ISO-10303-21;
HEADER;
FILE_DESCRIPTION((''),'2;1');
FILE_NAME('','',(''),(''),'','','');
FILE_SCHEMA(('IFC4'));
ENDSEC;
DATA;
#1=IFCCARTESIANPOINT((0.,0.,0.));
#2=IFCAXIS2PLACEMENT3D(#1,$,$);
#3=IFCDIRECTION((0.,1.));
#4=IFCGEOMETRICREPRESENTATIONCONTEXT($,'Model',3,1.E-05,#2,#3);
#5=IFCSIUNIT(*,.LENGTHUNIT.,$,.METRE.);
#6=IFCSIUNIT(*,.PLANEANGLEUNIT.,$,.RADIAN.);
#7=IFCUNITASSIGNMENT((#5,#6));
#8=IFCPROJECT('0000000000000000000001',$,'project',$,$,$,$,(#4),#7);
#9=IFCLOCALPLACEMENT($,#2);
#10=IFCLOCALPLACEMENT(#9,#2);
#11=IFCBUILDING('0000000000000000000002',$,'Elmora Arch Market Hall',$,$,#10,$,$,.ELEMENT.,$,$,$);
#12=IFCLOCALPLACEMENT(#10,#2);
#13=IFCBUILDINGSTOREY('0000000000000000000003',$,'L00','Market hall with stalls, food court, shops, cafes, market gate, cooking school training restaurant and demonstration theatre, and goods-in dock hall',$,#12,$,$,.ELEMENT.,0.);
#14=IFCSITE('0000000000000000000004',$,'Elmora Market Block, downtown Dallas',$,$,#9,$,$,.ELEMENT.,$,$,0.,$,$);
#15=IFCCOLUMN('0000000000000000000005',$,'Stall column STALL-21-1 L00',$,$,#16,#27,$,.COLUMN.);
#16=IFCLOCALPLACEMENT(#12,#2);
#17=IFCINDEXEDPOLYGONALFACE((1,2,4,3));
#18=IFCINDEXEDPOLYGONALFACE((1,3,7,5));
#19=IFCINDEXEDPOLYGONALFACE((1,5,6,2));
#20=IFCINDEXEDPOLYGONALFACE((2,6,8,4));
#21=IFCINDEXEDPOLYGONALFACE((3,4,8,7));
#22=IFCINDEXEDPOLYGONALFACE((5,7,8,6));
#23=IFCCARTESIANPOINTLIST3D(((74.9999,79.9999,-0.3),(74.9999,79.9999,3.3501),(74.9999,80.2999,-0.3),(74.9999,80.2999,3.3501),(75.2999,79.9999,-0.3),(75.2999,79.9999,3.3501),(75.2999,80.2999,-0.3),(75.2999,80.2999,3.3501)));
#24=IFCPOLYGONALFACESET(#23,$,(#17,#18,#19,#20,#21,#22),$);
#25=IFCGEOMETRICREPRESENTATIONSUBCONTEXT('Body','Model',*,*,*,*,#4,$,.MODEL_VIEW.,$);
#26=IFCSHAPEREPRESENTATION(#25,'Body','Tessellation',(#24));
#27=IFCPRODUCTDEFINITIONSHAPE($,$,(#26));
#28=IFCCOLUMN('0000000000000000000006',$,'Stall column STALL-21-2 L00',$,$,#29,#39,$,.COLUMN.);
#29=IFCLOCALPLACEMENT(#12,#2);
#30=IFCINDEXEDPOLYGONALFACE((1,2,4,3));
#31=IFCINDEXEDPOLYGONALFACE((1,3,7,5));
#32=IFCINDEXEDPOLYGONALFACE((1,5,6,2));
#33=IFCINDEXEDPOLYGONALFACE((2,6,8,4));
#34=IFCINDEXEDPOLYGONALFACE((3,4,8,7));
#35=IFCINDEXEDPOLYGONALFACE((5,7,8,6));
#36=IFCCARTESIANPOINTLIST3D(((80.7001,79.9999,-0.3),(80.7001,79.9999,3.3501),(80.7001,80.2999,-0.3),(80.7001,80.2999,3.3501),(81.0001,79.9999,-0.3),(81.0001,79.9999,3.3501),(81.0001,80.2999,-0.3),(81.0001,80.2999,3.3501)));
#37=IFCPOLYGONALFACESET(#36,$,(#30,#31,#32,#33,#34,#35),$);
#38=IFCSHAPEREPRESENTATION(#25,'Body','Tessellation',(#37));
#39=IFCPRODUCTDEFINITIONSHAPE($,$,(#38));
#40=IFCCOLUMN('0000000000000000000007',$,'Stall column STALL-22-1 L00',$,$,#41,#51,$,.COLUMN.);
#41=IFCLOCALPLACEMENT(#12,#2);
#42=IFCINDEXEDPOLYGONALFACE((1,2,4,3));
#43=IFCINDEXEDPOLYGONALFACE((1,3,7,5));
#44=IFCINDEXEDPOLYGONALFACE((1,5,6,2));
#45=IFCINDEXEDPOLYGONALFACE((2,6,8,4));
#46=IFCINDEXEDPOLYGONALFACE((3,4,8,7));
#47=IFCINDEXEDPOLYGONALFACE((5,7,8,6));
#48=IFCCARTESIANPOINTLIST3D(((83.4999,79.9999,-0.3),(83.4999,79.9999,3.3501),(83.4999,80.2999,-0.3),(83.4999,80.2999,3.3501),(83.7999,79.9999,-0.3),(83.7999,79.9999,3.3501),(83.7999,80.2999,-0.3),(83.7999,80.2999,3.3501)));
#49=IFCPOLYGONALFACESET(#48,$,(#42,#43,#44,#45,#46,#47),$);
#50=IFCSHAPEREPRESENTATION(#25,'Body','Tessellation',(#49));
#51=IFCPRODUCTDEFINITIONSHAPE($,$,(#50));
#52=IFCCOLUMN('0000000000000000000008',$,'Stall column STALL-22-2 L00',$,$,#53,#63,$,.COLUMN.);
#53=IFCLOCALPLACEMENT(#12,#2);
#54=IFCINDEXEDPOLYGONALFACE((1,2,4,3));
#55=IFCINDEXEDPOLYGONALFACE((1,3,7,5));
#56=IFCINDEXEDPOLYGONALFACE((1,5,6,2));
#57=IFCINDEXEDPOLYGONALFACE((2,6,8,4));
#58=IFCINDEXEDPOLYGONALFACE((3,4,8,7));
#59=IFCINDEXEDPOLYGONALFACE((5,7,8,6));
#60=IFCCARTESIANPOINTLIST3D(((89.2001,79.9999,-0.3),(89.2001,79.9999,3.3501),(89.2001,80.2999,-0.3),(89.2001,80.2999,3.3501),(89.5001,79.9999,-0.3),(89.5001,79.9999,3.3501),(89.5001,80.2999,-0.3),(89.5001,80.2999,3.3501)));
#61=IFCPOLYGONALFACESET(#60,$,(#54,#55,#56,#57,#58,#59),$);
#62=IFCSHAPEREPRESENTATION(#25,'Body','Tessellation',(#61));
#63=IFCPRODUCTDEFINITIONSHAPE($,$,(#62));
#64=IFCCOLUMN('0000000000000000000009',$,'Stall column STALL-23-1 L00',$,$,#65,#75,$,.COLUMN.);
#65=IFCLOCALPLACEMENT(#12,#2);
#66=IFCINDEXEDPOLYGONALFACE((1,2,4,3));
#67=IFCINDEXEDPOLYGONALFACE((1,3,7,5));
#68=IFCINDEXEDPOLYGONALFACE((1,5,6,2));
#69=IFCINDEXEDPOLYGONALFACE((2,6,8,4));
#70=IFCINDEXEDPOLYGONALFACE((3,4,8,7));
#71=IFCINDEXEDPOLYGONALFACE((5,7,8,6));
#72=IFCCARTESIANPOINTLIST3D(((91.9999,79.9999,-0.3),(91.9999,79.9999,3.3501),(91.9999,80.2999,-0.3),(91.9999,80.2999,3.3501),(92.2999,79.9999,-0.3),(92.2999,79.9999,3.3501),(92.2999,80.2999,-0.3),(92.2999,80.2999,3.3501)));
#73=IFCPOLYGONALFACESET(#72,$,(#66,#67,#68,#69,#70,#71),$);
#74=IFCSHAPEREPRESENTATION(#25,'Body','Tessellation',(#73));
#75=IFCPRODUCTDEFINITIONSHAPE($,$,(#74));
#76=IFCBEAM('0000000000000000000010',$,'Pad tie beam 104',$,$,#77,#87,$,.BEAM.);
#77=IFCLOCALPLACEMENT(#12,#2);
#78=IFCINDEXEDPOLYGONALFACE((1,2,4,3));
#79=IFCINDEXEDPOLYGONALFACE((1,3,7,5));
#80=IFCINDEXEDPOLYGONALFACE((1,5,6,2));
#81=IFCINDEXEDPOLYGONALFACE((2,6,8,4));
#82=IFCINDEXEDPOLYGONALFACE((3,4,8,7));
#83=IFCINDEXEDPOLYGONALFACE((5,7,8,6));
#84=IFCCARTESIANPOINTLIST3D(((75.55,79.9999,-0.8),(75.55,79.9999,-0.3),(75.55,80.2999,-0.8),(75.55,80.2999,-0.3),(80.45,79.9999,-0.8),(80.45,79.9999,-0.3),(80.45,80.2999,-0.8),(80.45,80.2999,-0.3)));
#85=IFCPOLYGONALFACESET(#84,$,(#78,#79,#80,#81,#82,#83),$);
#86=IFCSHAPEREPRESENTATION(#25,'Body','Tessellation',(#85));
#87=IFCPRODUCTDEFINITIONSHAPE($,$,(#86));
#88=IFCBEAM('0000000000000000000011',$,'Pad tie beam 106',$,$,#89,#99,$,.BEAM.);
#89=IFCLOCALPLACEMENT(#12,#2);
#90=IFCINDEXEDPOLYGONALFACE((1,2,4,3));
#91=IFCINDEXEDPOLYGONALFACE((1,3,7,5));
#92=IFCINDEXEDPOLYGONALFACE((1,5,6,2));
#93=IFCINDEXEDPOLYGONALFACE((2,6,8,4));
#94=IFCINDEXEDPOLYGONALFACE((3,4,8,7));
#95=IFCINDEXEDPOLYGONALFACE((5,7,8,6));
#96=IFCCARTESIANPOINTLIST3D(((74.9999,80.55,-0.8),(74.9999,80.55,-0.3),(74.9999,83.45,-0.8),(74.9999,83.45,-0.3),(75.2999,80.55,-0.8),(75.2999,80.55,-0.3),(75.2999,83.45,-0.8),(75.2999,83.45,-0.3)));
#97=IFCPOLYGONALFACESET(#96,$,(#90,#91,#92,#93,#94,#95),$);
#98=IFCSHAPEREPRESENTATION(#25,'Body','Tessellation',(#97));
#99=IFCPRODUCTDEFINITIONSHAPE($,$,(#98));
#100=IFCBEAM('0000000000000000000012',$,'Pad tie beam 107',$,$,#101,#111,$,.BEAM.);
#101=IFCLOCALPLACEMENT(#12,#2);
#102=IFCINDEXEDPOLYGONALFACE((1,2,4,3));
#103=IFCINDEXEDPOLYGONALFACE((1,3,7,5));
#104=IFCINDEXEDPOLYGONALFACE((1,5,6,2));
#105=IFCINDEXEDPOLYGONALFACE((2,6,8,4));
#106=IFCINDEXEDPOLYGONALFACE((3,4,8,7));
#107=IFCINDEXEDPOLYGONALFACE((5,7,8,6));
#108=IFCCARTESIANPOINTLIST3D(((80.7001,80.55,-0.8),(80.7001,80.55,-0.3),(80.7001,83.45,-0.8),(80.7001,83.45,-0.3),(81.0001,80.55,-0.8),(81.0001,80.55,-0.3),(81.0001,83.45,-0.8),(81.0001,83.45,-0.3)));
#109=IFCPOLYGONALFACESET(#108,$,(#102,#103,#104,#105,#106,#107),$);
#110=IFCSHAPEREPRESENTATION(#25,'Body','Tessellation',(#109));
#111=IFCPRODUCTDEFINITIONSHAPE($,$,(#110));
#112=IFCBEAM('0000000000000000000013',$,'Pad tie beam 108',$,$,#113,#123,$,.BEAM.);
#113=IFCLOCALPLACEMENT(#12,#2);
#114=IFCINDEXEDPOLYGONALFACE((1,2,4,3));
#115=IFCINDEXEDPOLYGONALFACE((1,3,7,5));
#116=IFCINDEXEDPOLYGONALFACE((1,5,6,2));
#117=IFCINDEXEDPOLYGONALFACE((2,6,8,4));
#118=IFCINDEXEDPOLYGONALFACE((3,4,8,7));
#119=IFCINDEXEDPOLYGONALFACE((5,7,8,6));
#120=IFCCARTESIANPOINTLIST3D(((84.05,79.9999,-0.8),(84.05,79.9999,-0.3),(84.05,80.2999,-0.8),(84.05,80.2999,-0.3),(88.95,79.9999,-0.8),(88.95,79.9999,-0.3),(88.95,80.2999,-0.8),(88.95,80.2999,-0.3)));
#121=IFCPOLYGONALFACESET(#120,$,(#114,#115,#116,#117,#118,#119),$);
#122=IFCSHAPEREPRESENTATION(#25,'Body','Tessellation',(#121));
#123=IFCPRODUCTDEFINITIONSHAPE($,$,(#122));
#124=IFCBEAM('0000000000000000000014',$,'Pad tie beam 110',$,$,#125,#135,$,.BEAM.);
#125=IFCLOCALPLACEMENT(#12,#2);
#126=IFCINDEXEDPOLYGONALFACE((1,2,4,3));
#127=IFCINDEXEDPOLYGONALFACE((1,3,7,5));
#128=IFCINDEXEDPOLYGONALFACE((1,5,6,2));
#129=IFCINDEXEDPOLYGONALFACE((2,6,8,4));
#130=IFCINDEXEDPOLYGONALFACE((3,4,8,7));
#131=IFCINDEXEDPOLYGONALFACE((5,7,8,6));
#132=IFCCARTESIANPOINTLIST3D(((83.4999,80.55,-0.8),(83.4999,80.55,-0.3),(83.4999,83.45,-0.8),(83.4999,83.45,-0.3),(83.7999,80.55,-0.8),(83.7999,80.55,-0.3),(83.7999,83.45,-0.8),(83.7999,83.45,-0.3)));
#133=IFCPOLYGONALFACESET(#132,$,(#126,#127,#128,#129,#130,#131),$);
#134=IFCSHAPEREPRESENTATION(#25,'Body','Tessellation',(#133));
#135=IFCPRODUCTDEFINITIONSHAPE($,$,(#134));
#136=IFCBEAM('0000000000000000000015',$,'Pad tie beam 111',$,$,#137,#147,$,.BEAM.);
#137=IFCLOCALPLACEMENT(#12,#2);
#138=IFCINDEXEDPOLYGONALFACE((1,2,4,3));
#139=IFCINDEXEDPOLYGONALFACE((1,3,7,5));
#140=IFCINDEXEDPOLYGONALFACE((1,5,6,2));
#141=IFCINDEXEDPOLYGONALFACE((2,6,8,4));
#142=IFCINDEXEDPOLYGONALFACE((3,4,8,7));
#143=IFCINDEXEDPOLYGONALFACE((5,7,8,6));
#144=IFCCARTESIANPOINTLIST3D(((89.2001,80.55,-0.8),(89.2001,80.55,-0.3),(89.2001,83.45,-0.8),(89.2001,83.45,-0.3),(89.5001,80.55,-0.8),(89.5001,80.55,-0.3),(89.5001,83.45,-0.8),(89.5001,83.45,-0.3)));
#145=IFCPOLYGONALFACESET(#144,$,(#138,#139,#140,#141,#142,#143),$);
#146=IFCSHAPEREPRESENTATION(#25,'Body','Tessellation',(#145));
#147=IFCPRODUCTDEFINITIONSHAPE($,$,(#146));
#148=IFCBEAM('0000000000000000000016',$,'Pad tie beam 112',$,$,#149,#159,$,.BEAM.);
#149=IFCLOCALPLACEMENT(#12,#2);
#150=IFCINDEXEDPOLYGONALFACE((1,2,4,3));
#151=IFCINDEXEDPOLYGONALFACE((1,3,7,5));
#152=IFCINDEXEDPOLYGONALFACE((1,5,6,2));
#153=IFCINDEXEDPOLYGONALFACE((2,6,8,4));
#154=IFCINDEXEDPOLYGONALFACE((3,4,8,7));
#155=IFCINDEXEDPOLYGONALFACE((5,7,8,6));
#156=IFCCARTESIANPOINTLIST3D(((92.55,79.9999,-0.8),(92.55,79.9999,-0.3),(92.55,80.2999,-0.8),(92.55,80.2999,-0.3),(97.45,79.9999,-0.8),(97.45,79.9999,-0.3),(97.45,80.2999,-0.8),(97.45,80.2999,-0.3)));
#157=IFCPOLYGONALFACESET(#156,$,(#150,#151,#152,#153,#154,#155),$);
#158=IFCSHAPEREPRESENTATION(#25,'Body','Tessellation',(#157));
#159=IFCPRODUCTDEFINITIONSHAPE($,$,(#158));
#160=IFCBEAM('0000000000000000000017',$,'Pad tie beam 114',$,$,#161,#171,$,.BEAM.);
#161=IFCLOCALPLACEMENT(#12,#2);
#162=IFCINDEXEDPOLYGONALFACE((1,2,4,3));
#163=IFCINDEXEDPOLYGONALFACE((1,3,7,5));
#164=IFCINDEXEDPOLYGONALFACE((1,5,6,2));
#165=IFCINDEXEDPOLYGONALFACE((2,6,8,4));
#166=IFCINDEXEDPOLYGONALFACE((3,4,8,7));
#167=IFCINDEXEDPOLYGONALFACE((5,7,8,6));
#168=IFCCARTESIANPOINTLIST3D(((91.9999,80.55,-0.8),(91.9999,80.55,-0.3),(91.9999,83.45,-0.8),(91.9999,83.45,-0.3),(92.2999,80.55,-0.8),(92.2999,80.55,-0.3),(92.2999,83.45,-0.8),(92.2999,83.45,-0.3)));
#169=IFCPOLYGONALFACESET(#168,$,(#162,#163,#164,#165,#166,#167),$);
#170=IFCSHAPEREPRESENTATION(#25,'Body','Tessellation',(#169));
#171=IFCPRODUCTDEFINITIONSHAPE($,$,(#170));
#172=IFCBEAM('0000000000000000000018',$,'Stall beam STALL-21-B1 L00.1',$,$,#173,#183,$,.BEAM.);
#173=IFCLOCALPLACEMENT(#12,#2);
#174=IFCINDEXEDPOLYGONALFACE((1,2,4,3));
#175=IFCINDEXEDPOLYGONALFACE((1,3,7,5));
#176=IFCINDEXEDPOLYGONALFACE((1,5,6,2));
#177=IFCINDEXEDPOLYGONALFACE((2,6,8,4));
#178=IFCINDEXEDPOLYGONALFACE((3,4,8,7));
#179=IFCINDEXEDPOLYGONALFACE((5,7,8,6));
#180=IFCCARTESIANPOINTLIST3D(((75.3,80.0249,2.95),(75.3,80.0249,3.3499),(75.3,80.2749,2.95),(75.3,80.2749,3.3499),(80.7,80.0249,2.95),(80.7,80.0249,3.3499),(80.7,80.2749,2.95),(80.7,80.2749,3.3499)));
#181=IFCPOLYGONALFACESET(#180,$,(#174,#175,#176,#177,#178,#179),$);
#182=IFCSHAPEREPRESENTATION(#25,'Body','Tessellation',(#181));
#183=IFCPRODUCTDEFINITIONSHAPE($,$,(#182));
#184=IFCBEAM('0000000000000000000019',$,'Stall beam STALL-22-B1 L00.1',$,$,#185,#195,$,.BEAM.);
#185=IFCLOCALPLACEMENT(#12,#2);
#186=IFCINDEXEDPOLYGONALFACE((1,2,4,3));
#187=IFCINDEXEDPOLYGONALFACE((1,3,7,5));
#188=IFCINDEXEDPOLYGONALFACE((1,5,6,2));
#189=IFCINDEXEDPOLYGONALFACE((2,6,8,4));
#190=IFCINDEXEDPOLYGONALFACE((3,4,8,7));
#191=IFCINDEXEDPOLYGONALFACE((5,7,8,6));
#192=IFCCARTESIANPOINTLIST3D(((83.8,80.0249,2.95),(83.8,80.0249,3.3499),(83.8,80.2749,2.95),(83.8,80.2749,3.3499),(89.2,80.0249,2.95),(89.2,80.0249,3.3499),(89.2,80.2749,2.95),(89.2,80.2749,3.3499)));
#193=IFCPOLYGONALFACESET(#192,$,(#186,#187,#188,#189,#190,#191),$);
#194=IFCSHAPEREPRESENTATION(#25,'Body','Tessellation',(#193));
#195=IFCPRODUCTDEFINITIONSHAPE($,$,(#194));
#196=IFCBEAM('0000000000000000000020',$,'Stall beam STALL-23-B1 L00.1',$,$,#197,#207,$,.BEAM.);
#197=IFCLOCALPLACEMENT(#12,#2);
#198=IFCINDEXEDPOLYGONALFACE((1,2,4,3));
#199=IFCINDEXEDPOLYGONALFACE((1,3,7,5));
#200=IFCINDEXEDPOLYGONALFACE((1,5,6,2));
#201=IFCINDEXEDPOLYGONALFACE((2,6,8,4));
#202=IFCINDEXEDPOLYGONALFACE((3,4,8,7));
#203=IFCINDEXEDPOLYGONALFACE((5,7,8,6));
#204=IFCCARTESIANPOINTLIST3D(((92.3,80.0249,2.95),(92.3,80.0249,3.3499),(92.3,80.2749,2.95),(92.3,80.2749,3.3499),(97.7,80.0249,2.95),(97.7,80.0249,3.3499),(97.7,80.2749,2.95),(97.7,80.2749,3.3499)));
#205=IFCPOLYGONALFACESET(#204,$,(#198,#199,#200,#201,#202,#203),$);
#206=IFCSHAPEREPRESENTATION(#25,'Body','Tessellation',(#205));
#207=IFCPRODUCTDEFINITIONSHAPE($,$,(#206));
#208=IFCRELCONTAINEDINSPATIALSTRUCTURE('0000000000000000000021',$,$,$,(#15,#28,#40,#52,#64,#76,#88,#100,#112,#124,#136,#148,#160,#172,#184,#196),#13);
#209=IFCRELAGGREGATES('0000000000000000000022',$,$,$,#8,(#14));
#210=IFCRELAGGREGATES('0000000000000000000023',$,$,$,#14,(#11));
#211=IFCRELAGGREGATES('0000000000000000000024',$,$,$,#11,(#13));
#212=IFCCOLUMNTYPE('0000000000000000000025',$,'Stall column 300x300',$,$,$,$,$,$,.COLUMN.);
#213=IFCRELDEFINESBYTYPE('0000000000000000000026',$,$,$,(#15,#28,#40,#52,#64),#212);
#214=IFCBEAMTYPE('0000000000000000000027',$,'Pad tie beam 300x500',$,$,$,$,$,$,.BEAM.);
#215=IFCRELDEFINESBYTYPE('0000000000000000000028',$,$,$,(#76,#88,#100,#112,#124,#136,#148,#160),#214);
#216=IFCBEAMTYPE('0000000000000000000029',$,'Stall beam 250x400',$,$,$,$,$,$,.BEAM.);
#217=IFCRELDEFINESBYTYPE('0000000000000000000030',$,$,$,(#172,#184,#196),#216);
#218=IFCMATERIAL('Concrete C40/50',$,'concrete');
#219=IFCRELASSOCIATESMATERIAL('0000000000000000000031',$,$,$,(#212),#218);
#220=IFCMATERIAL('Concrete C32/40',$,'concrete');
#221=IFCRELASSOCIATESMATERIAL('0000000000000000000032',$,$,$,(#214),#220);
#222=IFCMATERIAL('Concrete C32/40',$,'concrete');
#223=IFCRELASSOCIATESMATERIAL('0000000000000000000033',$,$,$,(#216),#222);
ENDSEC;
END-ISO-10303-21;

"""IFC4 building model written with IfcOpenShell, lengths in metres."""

from ifc_helpers import new_model, si_unit, direction, frame, origin, origin_2d, place, context, subcontext, project, spatial, rectangle, extrude, material, material_profile, profile_set, type_object, element, save


model = new_model("IFC4")

# Units and contexts
model_context = context("Model", 3, precision=1e-05, world=origin(), true_north=direction((0.0, 1.0)))
body_context = subcontext(model_context, "Body", "Model", "MODEL_VIEW")
ifc_project = project(units=[si_unit("LENGTHUNIT", "METRE"), si_unit("PLANEANGLEUNIT", "RADIAN")], contexts=[model_context])

# Site, building, storey
site_placement = place(None, origin())
site = spatial("IfcSite", under=ifc_project, at=site_placement, Name="Elmora Market Block, downtown Dallas", CompositionType="ELEMENT", RefElevation=0.0)
building_placement = place(site_placement, origin())
building = spatial("IfcBuilding", under=site, at=building_placement, Name="Elmora Arch Market Hall", CompositionType="ELEMENT")
storey_placement = place(building_placement, origin())
storey = spatial("IfcBuildingStorey", under=building, at=storey_placement, Name="L00", Description="Market hall with stalls, food court, shops, cafes, market gate, cooking school training restaurant and demonstration theatre, and goods-in dock hall", CompositionType="ELEMENT", Elevation=0.0)

# Columns
ifc_material_1 = material(Name="Concrete C40/50", Category="concrete")
ifc_material_profile_1 = material_profile(ifc_material_1, rectangle(XDim=0.3, YDim=0.3, at=origin_2d()), Name="Stall column 300x300")
ifc_profile_set_1 = profile_set([ifc_material_profile_1], Name="Concrete C40/50")
column_type_1 = type_object("IfcColumnType", Name="Stall column 300x300", PredefinedType="COLUMN", material=ifc_profile_set_1)
for number, where, z_axis, x_axis, name in (
    (1, (75.1499, 80.1499, -0.3), (0.0, 0.0, 1.0), (1.0, 0.0, 0.0), "Stall column STALL-21-1 L00"),
    (2, (80.8501, 80.1499, -0.3), (0.0, 0.0, 1.0), (1.0, 0.0, 0.0), "Stall column STALL-21-2 L00"),
    (3, (83.6499, 80.1499, -0.3), (0.0, 0.0, 1.0), (1.0, 0.0, 0.0), "Stall column STALL-22-1 L00"),
    (4, (89.3501, 80.1499, -0.3), (0.0, 0.0, 1.0), (1.0, 0.0, 0.0), "Stall column STALL-22-2 L00"),
    (5, (92.1499, 80.1499, -0.3), (0.0, 0.0, 1.0), (1.0, 0.0, 0.0), "Stall column STALL-23-1 L00"),
):
    element("IfcColumn", number, at=place(storey_placement, frame(where, z_axis=z_axis, x_axis=x_axis)), inside=storey, type_object=column_type_1, Name=name, PredefinedType="COLUMN", context=body_context, shape_type="SweptSolid", body=[
        extrude(rectangle(XDim=0.3, YDim=0.3, at=origin_2d()), origin(), (0.0, 0.0, 1.0), 3.6501),
    ])

# Beams
ifc_material_2 = material(Name="Concrete C32/40", Category="concrete")
ifc_material_profile_2 = material_profile(ifc_material_2, rectangle(XDim=0.3, YDim=0.5, at=origin_2d()), Name="Pad tie beam 300x500")
ifc_profile_set_2 = profile_set([ifc_material_profile_2], Name="Concrete C32/40")
beam_type_1 = type_object("IfcBeamType", Name="Pad tie beam 300x500", PredefinedType="BEAM", material=ifc_profile_set_2)
beam_1_placement = place(storey_placement, frame((75.55, 80.1499, -0.55), z_axis=(1.0, 0.0, 0.0), x_axis=(0.0, 1.0, 0.0)))
element("IfcBeam", 6, at=beam_1_placement, inside=storey, type_object=beam_type_1, Name="Pad tie beam 104", PredefinedType="BEAM", context=body_context, shape_type="SweptSolid", body=[
    extrude(rectangle(XDim=0.3, YDim=0.5, at=origin_2d()), origin(), (0.0, 0.0, 1.0), 4.8999),
])
for number, where, z_axis, x_axis, name in (
    (7, (75.1499, 80.55, -0.55), (0.0, 1.0, 0.0), (-1.0, 0.0, 0.0), "Pad tie beam 106"),
    (8, (80.8501, 80.55, -0.55), (0.0, 1.0, 0.0), (-1.0, 0.0, 0.0), "Pad tie beam 107"),
):
    element("IfcBeam", number, at=place(storey_placement, frame(where, z_axis=z_axis, x_axis=x_axis)), inside=storey, type_object=beam_type_1, Name=name, PredefinedType="BEAM", context=body_context, shape_type="SweptSolid", body=[
        extrude(rectangle(XDim=0.3, YDim=0.5, at=origin_2d()), origin(), (0.0, 0.0, 1.0), 2.8999),
    ])
beam_2_placement = place(storey_placement, frame((84.05, 80.1499, -0.55), z_axis=(1.0, 0.0, 0.0), x_axis=(0.0, 1.0, 0.0)))
element("IfcBeam", 9, at=beam_2_placement, inside=storey, type_object=beam_type_1, Name="Pad tie beam 108", PredefinedType="BEAM", context=body_context, shape_type="SweptSolid", body=[
    extrude(rectangle(XDim=0.3, YDim=0.5, at=origin_2d()), origin(), (0.0, 0.0, 1.0), 4.8999),
])
for number, where, z_axis, x_axis, name in (
    (10, (83.6499, 80.55, -0.55), (0.0, 1.0, 0.0), (-1.0, 0.0, 0.0), "Pad tie beam 110"),
    (11, (89.3501, 80.55, -0.55), (0.0, 1.0, 0.0), (-1.0, 0.0, 0.0), "Pad tie beam 111"),
):
    element("IfcBeam", number, at=place(storey_placement, frame(where, z_axis=z_axis, x_axis=x_axis)), inside=storey, type_object=beam_type_1, Name=name, PredefinedType="BEAM", context=body_context, shape_type="SweptSolid", body=[
        extrude(rectangle(XDim=0.3, YDim=0.5, at=origin_2d()), origin(), (0.0, 0.0, 1.0), 2.8999),
    ])
beam_3_placement = place(storey_placement, frame((92.55, 80.1499, -0.55), z_axis=(1.0, 0.0, 0.0), x_axis=(0.0, 1.0, 0.0)))
element("IfcBeam", 12, at=beam_3_placement, inside=storey, type_object=beam_type_1, Name="Pad tie beam 112", PredefinedType="BEAM", context=body_context, shape_type="SweptSolid", body=[
    extrude(rectangle(XDim=0.3, YDim=0.5, at=origin_2d()), origin(), (0.0, 0.0, 1.0), 4.8999),
])
beam_4_placement = place(storey_placement, frame((92.1499, 80.55, -0.55), z_axis=(0.0, 1.0, 0.0), x_axis=(-1.0, 0.0, 0.0)))
element("IfcBeam", 13, at=beam_4_placement, inside=storey, type_object=beam_type_1, Name="Pad tie beam 114", PredefinedType="BEAM", context=body_context, shape_type="SweptSolid", body=[
    extrude(rectangle(XDim=0.3, YDim=0.5, at=origin_2d()), origin(), (0.0, 0.0, 1.0), 2.8999),
])
ifc_material_3 = material(Name="Concrete C32/40", Category="concrete")
ifc_material_profile_3 = material_profile(ifc_material_3, rectangle(XDim=0.25, YDim=0.3999, at=origin_2d()), Name="Stall beam 250x400")
ifc_profile_set_3 = profile_set([ifc_material_profile_3], Name="Concrete C32/40")
beam_type_2 = type_object("IfcBeamType", Name="Stall beam 250x400", PredefinedType="BEAM", material=ifc_profile_set_3)
for number, where, z_axis, x_axis, name in (
    (14, (75.3, 80.1499, 3.1499), (1.0, 0.0, 0.0), (0.0, 1.0, 0.0), "Stall beam STALL-21-B1 L00.1"),
    (15, (83.8, 80.1499, 3.1499), (1.0, 0.0, 0.0), (0.0, 1.0, 0.0), "Stall beam STALL-22-B1 L00.1"),
    (16, (92.3, 80.1499, 3.1499), (1.0, 0.0, 0.0), (0.0, 1.0, 0.0), "Stall beam STALL-23-B1 L00.1"),
):
    element("IfcBeam", number, at=place(storey_placement, frame(where, z_axis=z_axis, x_axis=x_axis)), inside=storey, type_object=beam_type_2, Name=name, PredefinedType="BEAM", context=body_context, shape_type="SweptSolid", body=[
        extrude(rectangle(XDim=0.25, YDim=0.3999, at=origin_2d()), origin(), (0.0, 0.0, 1.0), 5.3999),
    ])

save(model, "model.ifc")
